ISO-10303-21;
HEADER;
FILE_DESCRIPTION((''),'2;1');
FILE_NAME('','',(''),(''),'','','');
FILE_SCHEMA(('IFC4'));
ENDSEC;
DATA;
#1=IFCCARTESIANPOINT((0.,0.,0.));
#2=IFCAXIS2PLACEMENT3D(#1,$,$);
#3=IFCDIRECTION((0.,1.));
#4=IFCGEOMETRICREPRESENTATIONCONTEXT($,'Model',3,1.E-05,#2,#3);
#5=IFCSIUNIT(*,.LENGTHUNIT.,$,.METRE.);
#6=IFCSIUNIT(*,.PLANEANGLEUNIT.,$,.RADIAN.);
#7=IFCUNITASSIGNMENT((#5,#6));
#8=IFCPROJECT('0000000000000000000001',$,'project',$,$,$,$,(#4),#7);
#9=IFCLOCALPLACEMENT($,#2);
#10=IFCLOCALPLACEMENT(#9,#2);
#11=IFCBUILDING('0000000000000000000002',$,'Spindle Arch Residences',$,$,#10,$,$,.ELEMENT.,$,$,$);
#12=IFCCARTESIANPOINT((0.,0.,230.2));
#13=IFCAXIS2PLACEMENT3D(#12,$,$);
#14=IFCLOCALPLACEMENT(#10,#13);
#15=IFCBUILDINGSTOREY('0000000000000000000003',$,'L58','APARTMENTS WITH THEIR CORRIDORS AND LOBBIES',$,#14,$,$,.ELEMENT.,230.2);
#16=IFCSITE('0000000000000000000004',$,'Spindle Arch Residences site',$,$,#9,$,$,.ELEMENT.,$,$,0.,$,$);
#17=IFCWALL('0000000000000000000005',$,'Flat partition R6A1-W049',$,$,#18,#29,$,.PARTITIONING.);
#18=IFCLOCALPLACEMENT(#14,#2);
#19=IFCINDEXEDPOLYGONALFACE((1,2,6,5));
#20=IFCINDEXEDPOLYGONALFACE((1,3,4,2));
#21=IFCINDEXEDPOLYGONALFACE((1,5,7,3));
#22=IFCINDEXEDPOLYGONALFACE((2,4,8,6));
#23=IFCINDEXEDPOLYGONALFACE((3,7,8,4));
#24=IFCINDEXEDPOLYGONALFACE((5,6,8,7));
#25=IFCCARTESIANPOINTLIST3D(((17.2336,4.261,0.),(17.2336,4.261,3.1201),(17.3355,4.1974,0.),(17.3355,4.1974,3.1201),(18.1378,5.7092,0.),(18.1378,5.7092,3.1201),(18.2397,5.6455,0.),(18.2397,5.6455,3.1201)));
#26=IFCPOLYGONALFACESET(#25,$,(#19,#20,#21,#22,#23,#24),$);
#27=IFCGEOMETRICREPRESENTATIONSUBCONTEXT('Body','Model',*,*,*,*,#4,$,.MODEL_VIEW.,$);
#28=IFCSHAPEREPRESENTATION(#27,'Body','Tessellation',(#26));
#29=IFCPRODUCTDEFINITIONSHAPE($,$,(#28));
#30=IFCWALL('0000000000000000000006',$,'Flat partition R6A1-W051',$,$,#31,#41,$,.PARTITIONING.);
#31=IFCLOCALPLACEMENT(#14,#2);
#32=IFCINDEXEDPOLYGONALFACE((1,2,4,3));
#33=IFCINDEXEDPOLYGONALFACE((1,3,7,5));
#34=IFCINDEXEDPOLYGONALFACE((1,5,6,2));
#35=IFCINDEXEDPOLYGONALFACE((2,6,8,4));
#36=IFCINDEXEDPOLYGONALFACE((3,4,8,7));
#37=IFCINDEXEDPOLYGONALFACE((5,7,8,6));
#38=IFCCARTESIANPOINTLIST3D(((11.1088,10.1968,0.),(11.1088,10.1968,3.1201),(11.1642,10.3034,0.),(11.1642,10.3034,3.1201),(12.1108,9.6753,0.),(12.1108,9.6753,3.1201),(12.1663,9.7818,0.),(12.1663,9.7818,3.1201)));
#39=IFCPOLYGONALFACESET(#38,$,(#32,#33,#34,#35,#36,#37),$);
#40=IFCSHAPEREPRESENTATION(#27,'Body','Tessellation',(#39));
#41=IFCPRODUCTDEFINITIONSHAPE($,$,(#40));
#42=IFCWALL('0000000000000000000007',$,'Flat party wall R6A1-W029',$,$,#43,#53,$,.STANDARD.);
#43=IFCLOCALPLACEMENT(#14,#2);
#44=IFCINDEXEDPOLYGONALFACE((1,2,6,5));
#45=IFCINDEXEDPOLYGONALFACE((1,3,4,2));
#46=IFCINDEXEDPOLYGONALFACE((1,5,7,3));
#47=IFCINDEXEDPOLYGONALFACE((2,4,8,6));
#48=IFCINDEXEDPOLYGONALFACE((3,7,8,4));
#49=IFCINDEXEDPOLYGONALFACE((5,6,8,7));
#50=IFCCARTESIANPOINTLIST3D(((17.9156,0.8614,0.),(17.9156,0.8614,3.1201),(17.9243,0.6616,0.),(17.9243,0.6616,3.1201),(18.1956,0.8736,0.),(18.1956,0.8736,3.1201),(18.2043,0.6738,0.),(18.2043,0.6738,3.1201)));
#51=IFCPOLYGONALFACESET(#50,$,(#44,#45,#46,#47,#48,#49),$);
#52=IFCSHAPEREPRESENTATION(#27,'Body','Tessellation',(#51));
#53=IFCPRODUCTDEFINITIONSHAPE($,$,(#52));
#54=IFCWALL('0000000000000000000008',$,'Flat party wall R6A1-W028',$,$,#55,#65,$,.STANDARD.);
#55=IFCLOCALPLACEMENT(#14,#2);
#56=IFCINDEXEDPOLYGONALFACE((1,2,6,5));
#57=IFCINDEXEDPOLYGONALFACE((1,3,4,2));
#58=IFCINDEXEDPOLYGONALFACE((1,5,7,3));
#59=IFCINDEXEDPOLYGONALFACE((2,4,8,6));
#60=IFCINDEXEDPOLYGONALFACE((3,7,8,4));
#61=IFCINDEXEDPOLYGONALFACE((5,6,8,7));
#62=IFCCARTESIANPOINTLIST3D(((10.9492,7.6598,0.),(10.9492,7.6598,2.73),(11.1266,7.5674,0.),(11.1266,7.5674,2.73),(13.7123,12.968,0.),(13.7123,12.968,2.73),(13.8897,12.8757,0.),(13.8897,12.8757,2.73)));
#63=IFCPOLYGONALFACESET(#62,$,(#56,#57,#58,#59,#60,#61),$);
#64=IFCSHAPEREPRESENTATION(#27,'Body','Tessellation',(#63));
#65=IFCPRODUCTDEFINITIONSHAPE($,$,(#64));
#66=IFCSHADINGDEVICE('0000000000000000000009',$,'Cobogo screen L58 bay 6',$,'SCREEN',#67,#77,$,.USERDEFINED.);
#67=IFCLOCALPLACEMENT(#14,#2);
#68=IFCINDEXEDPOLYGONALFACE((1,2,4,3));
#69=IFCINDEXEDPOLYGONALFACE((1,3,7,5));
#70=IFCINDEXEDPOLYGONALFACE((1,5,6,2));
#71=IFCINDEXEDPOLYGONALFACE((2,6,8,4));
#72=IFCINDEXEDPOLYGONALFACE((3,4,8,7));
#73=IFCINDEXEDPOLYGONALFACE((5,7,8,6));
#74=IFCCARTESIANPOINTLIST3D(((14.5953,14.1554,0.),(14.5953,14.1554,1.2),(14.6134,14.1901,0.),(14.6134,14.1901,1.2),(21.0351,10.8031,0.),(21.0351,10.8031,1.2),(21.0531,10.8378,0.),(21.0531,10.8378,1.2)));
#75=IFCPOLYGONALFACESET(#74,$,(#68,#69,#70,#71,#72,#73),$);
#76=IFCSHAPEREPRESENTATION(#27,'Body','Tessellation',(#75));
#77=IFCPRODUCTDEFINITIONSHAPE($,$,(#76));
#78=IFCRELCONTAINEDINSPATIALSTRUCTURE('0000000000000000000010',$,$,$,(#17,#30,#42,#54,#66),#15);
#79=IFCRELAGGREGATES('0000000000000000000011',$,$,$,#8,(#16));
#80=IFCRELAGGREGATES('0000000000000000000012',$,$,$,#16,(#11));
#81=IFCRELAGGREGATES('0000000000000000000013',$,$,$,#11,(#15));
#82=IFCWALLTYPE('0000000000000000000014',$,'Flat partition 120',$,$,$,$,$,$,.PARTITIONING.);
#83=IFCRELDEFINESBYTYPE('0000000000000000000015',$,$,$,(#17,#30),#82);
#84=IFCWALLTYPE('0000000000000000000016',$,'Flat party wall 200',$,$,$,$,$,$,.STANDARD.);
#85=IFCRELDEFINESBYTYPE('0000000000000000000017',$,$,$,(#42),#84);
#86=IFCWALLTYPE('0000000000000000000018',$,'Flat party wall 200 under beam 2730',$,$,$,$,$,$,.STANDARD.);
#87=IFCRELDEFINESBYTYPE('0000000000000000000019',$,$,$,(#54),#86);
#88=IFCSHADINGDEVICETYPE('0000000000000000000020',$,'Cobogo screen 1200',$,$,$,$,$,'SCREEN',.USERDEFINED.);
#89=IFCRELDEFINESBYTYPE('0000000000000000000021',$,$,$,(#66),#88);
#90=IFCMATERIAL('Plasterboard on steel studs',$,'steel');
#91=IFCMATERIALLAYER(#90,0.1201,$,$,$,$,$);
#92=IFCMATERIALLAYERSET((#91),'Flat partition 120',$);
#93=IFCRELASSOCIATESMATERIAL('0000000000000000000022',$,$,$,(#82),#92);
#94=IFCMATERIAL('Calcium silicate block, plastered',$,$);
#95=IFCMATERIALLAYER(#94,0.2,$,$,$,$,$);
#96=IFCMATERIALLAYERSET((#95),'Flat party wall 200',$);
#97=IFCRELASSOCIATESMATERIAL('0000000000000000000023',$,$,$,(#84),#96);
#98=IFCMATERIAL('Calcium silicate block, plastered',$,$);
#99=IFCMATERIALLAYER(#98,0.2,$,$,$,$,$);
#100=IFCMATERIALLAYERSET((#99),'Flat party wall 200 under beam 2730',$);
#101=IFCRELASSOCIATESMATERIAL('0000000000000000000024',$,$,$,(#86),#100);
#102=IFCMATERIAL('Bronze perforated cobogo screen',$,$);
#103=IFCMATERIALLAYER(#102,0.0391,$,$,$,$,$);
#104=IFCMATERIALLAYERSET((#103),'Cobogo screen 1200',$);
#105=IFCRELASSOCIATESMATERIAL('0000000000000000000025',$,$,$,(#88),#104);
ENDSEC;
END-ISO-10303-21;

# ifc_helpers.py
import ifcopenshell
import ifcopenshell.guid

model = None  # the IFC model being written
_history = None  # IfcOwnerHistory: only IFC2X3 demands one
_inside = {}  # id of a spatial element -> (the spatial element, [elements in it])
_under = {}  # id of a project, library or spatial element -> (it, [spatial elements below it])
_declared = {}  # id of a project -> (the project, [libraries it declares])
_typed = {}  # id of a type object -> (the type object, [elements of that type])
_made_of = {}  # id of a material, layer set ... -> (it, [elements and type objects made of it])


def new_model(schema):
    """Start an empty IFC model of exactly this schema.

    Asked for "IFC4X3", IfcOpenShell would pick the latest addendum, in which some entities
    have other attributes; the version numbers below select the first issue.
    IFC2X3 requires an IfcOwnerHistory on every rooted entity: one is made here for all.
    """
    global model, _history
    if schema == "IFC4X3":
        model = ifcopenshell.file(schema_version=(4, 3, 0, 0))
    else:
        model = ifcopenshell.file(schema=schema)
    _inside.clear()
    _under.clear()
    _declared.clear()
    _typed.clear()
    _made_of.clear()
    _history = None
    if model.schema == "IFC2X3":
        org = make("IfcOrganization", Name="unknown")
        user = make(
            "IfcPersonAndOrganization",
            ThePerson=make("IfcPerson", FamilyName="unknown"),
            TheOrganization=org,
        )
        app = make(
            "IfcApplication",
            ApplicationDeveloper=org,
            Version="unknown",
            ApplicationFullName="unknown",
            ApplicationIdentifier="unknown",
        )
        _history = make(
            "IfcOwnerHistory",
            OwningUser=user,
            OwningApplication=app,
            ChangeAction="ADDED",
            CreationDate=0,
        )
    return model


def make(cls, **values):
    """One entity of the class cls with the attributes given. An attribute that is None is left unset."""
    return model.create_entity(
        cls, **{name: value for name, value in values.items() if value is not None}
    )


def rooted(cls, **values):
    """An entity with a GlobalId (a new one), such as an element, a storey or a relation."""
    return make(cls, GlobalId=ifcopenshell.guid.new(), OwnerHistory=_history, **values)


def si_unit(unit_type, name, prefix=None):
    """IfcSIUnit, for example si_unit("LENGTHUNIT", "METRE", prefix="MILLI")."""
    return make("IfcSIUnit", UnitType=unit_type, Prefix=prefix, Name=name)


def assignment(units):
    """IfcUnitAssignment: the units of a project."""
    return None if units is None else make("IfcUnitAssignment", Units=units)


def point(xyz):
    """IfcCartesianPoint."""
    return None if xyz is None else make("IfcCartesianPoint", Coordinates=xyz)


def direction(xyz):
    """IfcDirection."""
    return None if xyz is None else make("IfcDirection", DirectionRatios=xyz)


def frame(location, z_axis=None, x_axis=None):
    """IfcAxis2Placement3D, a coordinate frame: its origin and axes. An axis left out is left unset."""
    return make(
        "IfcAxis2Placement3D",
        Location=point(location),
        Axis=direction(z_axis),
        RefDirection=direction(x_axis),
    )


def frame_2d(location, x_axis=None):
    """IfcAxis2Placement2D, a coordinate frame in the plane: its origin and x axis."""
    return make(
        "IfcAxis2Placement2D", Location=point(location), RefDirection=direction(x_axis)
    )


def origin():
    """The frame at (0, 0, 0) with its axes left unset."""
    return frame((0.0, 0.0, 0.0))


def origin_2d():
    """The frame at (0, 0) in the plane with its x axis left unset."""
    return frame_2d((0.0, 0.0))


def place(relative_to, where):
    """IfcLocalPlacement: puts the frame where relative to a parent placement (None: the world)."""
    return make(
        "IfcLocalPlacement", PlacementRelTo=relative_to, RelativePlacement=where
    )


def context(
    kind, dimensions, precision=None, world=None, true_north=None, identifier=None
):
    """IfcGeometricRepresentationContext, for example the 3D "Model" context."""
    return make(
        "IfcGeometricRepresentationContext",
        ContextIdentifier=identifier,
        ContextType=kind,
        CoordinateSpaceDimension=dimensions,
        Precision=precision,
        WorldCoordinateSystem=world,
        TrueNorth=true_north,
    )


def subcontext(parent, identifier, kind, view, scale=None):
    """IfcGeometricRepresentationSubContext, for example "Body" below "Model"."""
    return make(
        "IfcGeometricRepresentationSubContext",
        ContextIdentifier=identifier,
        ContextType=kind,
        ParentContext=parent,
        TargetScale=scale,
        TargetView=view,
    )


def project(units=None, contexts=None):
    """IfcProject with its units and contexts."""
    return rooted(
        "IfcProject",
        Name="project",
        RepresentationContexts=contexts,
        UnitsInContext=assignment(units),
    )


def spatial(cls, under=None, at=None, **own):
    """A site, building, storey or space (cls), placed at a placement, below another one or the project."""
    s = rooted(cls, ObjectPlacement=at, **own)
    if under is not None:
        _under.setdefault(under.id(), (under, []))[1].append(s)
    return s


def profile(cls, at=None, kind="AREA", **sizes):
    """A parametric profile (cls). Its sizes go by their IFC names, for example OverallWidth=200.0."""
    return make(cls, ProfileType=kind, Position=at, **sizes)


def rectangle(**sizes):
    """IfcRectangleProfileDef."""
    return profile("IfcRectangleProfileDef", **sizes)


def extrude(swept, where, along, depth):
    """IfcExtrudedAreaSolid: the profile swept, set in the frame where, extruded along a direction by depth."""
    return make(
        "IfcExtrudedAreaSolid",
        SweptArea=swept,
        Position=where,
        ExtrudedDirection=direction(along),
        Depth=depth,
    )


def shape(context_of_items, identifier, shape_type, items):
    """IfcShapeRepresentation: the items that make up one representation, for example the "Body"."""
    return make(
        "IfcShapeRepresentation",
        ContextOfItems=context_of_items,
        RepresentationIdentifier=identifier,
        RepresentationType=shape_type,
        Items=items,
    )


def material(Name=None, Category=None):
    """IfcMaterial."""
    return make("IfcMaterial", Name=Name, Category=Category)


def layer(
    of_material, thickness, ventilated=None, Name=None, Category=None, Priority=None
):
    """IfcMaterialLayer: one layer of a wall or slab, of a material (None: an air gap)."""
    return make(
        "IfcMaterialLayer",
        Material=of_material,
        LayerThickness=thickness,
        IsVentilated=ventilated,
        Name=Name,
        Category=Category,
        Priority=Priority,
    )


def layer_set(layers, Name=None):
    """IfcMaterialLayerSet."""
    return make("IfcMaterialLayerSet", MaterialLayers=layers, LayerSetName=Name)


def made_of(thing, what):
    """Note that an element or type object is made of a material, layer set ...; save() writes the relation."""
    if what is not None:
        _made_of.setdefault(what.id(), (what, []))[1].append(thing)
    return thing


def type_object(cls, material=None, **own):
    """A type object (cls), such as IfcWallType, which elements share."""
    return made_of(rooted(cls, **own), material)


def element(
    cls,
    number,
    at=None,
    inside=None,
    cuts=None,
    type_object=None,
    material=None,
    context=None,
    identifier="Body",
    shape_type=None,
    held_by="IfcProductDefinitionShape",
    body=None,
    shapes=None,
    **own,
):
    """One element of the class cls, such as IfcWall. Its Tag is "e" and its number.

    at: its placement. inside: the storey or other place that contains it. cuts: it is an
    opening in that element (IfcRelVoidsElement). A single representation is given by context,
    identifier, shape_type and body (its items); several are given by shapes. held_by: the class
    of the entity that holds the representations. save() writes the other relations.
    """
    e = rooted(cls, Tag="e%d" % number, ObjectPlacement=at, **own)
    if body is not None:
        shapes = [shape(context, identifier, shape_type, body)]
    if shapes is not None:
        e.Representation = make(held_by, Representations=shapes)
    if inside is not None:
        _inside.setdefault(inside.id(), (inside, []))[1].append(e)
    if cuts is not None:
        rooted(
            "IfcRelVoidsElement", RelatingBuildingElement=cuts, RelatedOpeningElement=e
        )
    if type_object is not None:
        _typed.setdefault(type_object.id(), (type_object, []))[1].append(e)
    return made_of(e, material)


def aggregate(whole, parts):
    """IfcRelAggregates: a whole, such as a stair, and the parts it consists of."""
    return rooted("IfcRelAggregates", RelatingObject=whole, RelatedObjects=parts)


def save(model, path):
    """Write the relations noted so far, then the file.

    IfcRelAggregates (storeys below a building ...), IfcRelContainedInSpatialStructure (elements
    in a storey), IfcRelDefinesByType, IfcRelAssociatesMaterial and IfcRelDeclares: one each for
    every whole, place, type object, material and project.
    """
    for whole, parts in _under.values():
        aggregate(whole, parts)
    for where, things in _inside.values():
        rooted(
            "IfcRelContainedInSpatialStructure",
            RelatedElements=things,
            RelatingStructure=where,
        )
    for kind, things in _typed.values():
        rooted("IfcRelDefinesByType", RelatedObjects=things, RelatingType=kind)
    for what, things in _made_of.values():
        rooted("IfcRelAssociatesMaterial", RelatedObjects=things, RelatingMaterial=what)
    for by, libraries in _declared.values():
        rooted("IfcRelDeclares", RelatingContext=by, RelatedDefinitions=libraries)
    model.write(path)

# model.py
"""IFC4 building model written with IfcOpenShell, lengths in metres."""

from ifc_helpers import new_model, si_unit, direction, frame, frame_2d, origin, origin_2d, place, context, subcontext, project, spatial, rectangle, extrude, material, layer, layer_set, type_object, element, save


model = new_model("IFC4")

# Units and contexts
model_context = context("Model", 3, precision=1e-05, world=origin(), true_north=direction((0.0, 1.0)))
body_context = subcontext(model_context, "Body", "Model", "MODEL_VIEW")
ifc_project = project(units=[si_unit("LENGTHUNIT", "METRE"), si_unit("PLANEANGLEUNIT", "RADIAN")], contexts=[model_context])

# Site, building, storey
site_placement = place(None, origin())
site = spatial("IfcSite", under=ifc_project, at=site_placement, Name="Spindle Arch Residences site", CompositionType="ELEMENT", RefElevation=0.0)
building_placement = place(site_placement, origin())
building = spatial("IfcBuilding", under=site, at=building_placement, Name="Spindle Arch Residences", CompositionType="ELEMENT")
storey_placement = place(building_placement, frame((0.0, 0.0, 230.2)))
storey = spatial("IfcBuildingStorey", under=building, at=storey_placement, Name="L58", Description="APARTMENTS WITH THEIR CORRIDORS AND LOBBIES", CompositionType="ELEMENT", Elevation=230.2)

# Shared definitions
ifc_material_1 = material(Name="Plasterboard on steel studs", Category="steel")
ifc_layer_1 = layer(ifc_material_1, 0.1201)
ifc_layer_set_1 = layer_set([ifc_layer_1], Name="Flat partition 120")
wall_type_1 = type_object("IfcWallType", Name="Flat partition 120", PredefinedType="PARTITIONING", material=ifc_layer_set_1)

# Walls
wall_1_placement = place(storey_placement, frame((18.1887, 5.6772, 0.0), z_axis=(0.0, 0.0, 1.0), x_axis=(-0.529639, -0.848223, 0.0)))
element("IfcWall", 1, at=wall_1_placement, inside=storey, type_object=wall_type_1, Name="Flat partition R6A1-W049", PredefinedType="PARTITIONING", context=body_context, shape_type="SweptSolid", body=[
    extrude(rectangle(XDim=1.7073, YDim=0.1201, at=frame_2d((0.8535, 0.0))), origin(), (0.0, 0.0, 1.0), 3.1201),
])
wall_2_placement = place(storey_placement, frame((12.1387, 9.7285, 0.0), z_axis=(0.0, 0.0, 1.0), x_axis=(-0.887047, 0.461679, 0.0)))
element("IfcWall", 2, at=wall_2_placement, inside=storey, type_object=wall_type_1, Name="Flat partition R6A1-W051", PredefinedType="PARTITIONING", context=body_context, shape_type="SweptSolid", body=[
    extrude(rectangle(XDim=1.1296, YDim=0.1201, at=frame_2d((0.5649, 0.0))), origin(), (0.0, 0.0, 1.0), 3.1201),
])
ifc_material_2 = material(Name="Calcium silicate block, plastered")
ifc_layer_2 = layer(ifc_material_2, 0.2)
ifc_layer_set_2 = layer_set([ifc_layer_2], Name="Flat party wall 200")
wall_type_2 = type_object("IfcWallType", Name="Flat party wall 200", PredefinedType="STANDARD", material=ifc_layer_set_2)
wall_3_placement = place(storey_placement, frame((17.9199, 0.7615, 0.0), z_axis=(0.0, 0.0, 1.0), x_axis=(0.999051, 0.043551, 0.0)))
element("IfcWall", 3, at=wall_3_placement, inside=storey, type_object=wall_type_2, Name="Flat party wall R6A1-W029", PredefinedType="STANDARD", context=body_context, shape_type="SweptSolid", body=[
    extrude(rectangle(XDim=0.2803, YDim=0.2, at=frame_2d((0.1401, 0.0))), origin(), (0.0, 0.0, 1.0), 3.1201),
])
ifc_material_3 = material(Name="Calcium silicate block, plastered")
ifc_layer_3 = layer(ifc_material_3, 0.2)
ifc_layer_set_3 = layer_set([ifc_layer_3], Name="Flat party wall 200 under beam 2730")
wall_type_3 = type_object("IfcWallType", Name="Flat party wall 200 under beam 2730", PredefinedType="STANDARD", material=ifc_layer_set_3)
wall_4_placement = place(storey_placement, frame((13.801, 12.9219, 0.0), z_axis=(0.0, 0.0, 1.0), x_axis=(-0.461726, -0.887022, 0.0)))
element("IfcWall", 4, at=wall_4_placement, inside=storey, type_object=wall_type_3, Name="Flat party wall R6A1-W028", PredefinedType="STANDARD", context=body_context, shape_type="SweptSolid", body=[
    extrude(rectangle(XDim=5.9844, YDim=0.2, at=frame_2d((2.9922, 0.0))), origin(), (0.0, 0.0, 1.0), 2.73),
])

# Shading device
ifc_material_4 = material(Name="Bronze perforated cobogo screen")
ifc_layer_4 = layer(ifc_material_4, 0.0391)
ifc_layer_set_4 = layer_set([ifc_layer_4], Name="Cobogo screen 1200")
shading_device_type = type_object("IfcShadingDeviceType", Name="Cobogo screen 1200", ElementType="SCREEN", PredefinedType="USERDEFINED", material=ifc_layer_set_4)
shading_device_placement = place(storey_placement, frame((17.8242, 12.4966, 0.0), z_axis=(0.0, 0.0, 1.0), x_axis=(-0.887011, 0.461749, 0.0)))
element("IfcShadingDevice", 5, at=shading_device_placement, inside=storey, type_object=shading_device_type, Name="Cobogo screen L58 bay 6", ObjectType="SCREEN", PredefinedType="USERDEFINED", context=body_context, shape_type="SweptSolid", body=[
    extrude(rectangle(XDim=7.26, YDim=0.0391, at=origin_2d()), origin(), (0.0, 0.0, 1.0), 1.2),
])

save(model, "model.ifc")
